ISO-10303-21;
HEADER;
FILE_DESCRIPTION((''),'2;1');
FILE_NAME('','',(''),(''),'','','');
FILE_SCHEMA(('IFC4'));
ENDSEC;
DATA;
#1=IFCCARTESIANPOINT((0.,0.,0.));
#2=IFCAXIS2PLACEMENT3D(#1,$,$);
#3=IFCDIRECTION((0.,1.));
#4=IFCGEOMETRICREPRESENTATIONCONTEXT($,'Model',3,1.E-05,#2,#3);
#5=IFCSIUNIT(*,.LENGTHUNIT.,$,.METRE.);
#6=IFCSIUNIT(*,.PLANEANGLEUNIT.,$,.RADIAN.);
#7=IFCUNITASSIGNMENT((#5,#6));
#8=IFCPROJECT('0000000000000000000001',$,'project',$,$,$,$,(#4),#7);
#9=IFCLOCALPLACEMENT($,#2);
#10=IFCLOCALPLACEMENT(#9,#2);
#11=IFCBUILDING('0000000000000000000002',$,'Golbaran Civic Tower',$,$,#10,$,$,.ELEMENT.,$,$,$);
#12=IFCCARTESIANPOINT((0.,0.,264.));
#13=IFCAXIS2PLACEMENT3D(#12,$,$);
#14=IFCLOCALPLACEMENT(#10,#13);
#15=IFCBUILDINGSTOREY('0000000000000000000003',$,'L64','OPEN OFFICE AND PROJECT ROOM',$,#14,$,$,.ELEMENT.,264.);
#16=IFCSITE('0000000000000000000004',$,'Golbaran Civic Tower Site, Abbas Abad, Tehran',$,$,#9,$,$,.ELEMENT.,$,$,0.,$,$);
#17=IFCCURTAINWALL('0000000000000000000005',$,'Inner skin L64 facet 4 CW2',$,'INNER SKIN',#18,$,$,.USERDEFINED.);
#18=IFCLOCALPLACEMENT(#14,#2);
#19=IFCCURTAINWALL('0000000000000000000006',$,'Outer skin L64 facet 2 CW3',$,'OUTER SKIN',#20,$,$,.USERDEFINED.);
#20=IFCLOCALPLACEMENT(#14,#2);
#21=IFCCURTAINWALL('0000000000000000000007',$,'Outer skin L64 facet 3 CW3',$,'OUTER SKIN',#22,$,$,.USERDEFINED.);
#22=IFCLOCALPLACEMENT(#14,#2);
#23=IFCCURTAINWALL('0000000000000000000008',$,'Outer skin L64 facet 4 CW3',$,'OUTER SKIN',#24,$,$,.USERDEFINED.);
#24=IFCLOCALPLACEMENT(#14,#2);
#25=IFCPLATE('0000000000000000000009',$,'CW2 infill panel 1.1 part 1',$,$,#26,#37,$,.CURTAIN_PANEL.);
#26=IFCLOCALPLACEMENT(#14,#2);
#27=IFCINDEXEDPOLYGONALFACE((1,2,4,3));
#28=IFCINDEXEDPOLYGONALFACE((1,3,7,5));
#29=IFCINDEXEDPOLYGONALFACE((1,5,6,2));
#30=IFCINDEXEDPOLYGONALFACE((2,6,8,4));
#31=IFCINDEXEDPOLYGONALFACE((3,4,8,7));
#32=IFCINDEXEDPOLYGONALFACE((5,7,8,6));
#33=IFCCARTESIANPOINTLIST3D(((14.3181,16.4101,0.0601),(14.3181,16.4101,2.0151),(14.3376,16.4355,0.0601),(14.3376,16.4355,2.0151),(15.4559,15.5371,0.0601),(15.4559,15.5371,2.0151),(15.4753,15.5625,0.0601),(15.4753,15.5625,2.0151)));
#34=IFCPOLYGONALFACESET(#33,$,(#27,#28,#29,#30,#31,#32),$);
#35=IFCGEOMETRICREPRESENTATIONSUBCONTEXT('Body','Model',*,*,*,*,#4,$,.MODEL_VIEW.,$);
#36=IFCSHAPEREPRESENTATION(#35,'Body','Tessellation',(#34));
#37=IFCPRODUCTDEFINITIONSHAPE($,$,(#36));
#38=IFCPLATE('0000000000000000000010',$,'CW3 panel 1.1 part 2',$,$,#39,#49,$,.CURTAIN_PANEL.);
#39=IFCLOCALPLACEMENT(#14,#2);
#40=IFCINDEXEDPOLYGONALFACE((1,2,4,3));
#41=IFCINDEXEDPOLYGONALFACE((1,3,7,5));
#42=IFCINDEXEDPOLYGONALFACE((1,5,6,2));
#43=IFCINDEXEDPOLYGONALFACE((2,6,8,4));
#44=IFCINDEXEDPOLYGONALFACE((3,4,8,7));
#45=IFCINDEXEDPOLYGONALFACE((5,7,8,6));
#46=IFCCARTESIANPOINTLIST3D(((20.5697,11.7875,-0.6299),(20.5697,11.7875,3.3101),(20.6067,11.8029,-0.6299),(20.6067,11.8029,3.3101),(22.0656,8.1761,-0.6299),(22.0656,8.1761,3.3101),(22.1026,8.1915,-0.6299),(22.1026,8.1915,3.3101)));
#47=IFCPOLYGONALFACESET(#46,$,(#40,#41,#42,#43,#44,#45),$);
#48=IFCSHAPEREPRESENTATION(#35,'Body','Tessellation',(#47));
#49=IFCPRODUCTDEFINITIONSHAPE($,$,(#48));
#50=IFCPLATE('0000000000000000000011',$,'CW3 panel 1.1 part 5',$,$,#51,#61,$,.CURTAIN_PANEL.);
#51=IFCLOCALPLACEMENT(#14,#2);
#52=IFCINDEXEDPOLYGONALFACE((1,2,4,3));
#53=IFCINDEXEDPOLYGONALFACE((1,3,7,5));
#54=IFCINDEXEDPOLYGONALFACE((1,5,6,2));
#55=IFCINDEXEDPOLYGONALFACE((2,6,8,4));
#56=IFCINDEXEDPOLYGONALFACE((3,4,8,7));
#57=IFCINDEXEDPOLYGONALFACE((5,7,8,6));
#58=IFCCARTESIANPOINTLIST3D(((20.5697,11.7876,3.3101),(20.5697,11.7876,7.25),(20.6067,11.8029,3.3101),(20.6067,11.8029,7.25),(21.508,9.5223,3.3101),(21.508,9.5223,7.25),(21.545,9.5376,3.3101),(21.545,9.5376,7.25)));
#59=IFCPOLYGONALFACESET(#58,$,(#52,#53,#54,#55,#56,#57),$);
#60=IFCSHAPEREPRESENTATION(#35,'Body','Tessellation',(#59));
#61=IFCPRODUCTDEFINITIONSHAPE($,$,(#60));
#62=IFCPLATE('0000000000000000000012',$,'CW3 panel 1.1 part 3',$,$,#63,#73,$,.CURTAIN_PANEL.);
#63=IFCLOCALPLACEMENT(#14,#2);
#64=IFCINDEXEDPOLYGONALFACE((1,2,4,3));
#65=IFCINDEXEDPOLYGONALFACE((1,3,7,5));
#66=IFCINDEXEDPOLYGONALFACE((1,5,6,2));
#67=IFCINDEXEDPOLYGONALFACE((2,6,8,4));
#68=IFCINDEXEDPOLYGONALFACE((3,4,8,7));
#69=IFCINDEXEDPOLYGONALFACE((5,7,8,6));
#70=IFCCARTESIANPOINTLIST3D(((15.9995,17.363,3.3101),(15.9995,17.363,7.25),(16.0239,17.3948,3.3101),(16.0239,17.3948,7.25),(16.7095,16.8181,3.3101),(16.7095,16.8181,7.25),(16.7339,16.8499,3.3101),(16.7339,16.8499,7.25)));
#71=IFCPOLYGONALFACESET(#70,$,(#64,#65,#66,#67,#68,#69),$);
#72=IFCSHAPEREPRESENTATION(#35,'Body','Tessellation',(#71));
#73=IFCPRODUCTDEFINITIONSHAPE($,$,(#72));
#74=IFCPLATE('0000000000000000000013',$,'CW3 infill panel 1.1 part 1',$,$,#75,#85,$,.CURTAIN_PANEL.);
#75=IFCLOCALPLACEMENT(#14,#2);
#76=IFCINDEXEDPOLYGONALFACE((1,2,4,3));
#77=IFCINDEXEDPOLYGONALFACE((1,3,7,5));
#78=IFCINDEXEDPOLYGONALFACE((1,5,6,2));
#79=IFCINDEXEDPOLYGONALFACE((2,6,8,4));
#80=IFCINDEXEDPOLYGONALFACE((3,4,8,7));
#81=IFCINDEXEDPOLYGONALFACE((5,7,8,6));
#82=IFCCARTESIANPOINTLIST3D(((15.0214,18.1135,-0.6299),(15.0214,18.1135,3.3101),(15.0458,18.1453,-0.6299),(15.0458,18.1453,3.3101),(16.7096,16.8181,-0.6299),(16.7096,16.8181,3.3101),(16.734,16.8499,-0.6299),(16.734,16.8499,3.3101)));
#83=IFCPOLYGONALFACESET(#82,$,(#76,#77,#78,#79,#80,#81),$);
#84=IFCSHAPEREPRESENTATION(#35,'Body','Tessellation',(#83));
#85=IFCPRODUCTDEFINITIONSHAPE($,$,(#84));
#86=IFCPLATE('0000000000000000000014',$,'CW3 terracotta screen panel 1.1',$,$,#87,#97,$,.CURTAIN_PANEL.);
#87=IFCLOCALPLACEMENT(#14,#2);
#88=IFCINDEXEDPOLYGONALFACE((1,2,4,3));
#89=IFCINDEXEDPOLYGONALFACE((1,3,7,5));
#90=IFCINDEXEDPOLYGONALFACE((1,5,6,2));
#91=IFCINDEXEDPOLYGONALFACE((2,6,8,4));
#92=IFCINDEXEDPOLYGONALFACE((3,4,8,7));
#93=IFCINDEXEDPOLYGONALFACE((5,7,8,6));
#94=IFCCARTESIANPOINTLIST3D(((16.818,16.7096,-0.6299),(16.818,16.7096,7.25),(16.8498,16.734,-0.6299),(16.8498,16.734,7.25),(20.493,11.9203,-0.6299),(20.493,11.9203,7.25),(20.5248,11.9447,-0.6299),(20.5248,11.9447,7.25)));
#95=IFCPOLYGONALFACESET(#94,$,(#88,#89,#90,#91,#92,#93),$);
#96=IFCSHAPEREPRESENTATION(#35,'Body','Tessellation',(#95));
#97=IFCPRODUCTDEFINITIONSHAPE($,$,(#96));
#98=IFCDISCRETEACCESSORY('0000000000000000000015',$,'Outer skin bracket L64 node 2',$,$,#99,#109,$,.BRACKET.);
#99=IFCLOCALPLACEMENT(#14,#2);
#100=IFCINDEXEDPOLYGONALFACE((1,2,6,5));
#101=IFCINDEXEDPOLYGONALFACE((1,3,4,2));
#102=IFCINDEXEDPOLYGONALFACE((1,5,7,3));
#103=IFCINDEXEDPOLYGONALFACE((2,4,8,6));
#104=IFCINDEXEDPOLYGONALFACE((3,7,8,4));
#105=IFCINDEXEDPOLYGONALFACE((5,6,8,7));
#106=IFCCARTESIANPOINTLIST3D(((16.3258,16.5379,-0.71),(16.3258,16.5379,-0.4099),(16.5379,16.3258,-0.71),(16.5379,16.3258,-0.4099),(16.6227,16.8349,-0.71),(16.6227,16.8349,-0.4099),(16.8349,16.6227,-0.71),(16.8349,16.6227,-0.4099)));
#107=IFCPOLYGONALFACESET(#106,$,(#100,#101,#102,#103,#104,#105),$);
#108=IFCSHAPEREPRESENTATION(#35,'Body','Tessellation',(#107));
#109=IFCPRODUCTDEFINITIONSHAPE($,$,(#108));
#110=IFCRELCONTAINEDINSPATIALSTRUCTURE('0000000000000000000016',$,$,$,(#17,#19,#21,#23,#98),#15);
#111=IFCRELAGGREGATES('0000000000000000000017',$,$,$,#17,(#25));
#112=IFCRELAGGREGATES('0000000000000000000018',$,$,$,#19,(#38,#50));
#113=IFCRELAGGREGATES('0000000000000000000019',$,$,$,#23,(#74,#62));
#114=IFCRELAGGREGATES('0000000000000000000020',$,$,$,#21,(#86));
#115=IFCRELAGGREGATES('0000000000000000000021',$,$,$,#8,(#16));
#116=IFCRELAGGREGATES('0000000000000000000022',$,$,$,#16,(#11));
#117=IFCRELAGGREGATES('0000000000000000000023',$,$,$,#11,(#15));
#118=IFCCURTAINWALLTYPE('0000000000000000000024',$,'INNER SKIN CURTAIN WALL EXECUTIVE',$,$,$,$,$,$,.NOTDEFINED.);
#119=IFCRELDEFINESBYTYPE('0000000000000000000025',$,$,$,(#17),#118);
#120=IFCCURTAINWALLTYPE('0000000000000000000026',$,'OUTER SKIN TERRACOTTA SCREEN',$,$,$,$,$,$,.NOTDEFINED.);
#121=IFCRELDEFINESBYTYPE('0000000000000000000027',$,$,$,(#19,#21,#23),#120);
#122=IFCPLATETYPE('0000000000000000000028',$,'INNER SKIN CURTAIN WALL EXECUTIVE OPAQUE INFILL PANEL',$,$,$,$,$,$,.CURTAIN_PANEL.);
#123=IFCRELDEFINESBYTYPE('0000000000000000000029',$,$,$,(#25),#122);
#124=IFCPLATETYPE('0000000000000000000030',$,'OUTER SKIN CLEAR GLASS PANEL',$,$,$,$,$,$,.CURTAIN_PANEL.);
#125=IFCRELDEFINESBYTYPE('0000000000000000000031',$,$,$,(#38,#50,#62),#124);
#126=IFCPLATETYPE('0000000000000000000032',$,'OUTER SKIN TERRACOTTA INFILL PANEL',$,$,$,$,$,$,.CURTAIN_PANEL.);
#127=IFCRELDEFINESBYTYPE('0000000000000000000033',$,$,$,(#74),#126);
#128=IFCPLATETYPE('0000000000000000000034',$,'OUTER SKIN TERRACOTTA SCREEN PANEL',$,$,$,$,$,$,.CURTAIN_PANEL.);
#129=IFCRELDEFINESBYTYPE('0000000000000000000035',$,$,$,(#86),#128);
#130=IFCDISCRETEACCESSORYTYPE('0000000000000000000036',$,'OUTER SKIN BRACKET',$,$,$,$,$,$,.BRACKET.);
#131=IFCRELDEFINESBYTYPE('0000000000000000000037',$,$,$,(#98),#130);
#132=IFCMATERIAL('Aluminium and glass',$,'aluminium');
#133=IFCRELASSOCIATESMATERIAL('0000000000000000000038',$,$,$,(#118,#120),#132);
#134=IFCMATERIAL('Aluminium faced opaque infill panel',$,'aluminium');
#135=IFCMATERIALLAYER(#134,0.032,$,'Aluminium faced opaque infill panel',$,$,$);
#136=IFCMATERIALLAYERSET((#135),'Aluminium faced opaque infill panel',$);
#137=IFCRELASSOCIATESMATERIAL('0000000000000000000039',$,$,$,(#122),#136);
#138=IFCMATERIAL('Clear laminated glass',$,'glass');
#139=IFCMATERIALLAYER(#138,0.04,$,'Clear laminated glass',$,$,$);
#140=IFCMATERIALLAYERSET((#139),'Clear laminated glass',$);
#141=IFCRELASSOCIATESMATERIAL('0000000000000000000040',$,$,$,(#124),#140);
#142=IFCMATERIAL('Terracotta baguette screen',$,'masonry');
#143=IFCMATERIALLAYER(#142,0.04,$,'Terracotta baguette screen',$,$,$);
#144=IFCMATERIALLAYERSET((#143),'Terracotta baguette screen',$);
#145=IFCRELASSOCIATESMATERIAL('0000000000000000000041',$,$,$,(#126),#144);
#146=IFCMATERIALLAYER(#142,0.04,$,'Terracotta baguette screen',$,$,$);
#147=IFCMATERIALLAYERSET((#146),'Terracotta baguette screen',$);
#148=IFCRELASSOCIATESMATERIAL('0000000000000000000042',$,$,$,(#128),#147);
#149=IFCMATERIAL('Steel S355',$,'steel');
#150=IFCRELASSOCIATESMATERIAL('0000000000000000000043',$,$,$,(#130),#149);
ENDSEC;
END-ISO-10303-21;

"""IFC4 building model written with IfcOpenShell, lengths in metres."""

from ifc_helpers import new_model, si_unit, direction, frame, origin, origin_2d, place, context, subcontext, project, spatial, rectangle, extrude, material, layer, layer_set, type_object, element, aggregate, save


model = new_model("IFC4")

# Units and contexts
model_context = context("Model", 3, precision=1e-05, world=origin(), true_north=direction((0.0, 1.0)))
body_context = subcontext(model_context, "Body", "Model", "MODEL_VIEW")
ifc_project = project(units=[si_unit("LENGTHUNIT", "METRE"), si_unit("PLANEANGLEUNIT", "RADIAN")], contexts=[model_context])

# Site, building, storey
site_placement = place(None, origin())
site = spatial("IfcSite", under=ifc_project, at=site_placement, Name="Golbaran Civic Tower Site, Abbas Abad, Tehran", CompositionType="ELEMENT", RefElevation=0.0)
building_placement = place(site_placement, origin())
building = spatial("IfcBuilding", under=site, at=building_placement, Name="Golbaran Civic Tower", CompositionType="ELEMENT")
storey_placement = place(building_placement, frame((0.0, 0.0, 264.0)))
storey = spatial("IfcBuildingStorey", under=building, at=storey_placement, Name="L64", Description="OPEN OFFICE AND PROJECT ROOM", CompositionType="ELEMENT", Elevation=264.0)

# Shared definitions
ifc_material_1 = material(Name="Steel S355", Category="steel")

# Shared definitions
ifc_material_2 = material(Name="Aluminium and glass", Category="aluminium")
curtain_wall_type_1 = type_object("IfcCurtainWallType", Name="INNER SKIN CURTAIN WALL EXECUTIVE", PredefinedType="NOTDEFINED", material=ifc_material_2)

# Curtain wall
curtain_wall_1_placement = place(storey_placement, origin())
curtain_wall_1 = element("IfcCurtainWall", 1, at=curtain_wall_1_placement, inside=storey, type_object=curtain_wall_type_1, Name="Inner skin L64 facet 4 CW2", ObjectType="INNER SKIN", PredefinedType="USERDEFINED")

# Curtain wall
curtain_wall_type_2 = type_object("IfcCurtainWallType", Name="OUTER SKIN TERRACOTTA SCREEN", PredefinedType="NOTDEFINED", material=ifc_material_2)
curtain_wall_2_placement = place(storey_placement, origin())
curtain_wall_2 = element("IfcCurtainWall", 2, at=curtain_wall_2_placement, inside=storey, type_object=curtain_wall_type_2, Name="Outer skin L64 facet 2 CW3", ObjectType="OUTER SKIN", PredefinedType="USERDEFINED")

# Curtain wall
curtain_wall_3_placement = place(storey_placement, origin())
curtain_wall_3 = element("IfcCurtainWall", 3, at=curtain_wall_3_placement, inside=storey, type_object=curtain_wall_type_2, Name="Outer skin L64 facet 3 CW3", ObjectType="OUTER SKIN", PredefinedType="USERDEFINED")

# Curtain wall
curtain_wall_4_placement = place(storey_placement, origin())
curtain_wall_4 = element("IfcCurtainWall", 4, at=curtain_wall_4_placement, inside=storey, type_object=curtain_wall_type_2, Name="Outer skin L64 facet 4 CW3", ObjectType="OUTER SKIN", PredefinedType="USERDEFINED")

# Plates
ifc_material_3 = material(Name="Aluminium faced opaque infill panel", Category="aluminium")
ifc_layer_1 = layer(ifc_material_3, 0.032, Name="Aluminium faced opaque infill panel")
ifc_layer_set_1 = layer_set([ifc_layer_1], Name="Aluminium faced opaque infill panel")
plate_type_1 = type_object("IfcPlateType", Name="INNER SKIN CURTAIN WALL EXECUTIVE OPAQUE INFILL PANEL", PredefinedType="CURTAIN_PANEL", material=ifc_layer_set_1)
plate_1_placement = place(storey_placement, frame((14.8967, 15.9863, 0.0601), z_axis=(0.0, 0.0, 1.0), x_axis=(-0.793353, 0.608761, 0.0)))
plate_1 = element("IfcPlate", 5, at=plate_1_placement, type_object=plate_type_1, Name="CW2 infill panel 1.1 part 1", PredefinedType="CURTAIN_PANEL", context=body_context, shape_type="SweptSolid", body=[
    extrude(rectangle(XDim=1.4341, YDim=0.032, at=origin_2d()), origin(), (0.0, 0.0, 1.0), 1.9551),
])
aggregate(curtain_wall_1, [plate_1])
ifc_material_4 = material(Name="Clear laminated glass", Category="glass")
ifc_layer_2 = layer(ifc_material_4, 0.04, Name="Clear laminated glass")
ifc_layer_set_2 = layer_set([ifc_layer_2], Name="Clear laminated glass")
plate_type_2 = type_object("IfcPlateType", Name="OUTER SKIN CLEAR GLASS PANEL", PredefinedType="CURTAIN_PANEL", material=ifc_layer_set_2)
plate_2_placement = place(storey_placement, frame((21.3362, 9.9895, -0.6299), z_axis=(0.0, 0.0, 1.0), x_axis=(-0.382683, 0.92388, 0.0)))
plate_2 = element("IfcPlate", 6, at=plate_2_placement, type_object=plate_type_2, Name="CW3 panel 1.1 part 2", PredefinedType="CURTAIN_PANEL", context=body_context, shape_type="SweptSolid", body=[
    extrude(rectangle(XDim=3.9089, YDim=0.04, at=origin_2d()), origin(), (0.0, 0.0, 1.0), 3.9399),
])
plate_3_placement = place(storey_placement, frame((21.0574, 10.6626, 3.3101), z_axis=(0.0, 0.0, 1.0), x_axis=(-0.382683, 0.92388, 0.0)))
plate_3 = element("IfcPlate", 7, at=plate_3_placement, type_object=plate_type_2, Name="CW3 panel 1.1 part 5", PredefinedType="CURTAIN_PANEL", context=body_context, shape_type="SweptSolid", body=[
    extrude(rectangle(XDim=2.4519, YDim=0.04, at=origin_2d()), origin(), (0.0, 0.0, 1.0), 3.9399),
])
aggregate(curtain_wall_2, [plate_2, plate_3])
plate_4_placement = place(storey_placement, frame((16.3667, 17.1064, 3.3101), z_axis=(0.0, 0.0, 1.0), x_axis=(-0.793353, 0.608761, 0.0)))
plate_4 = element("IfcPlate", 8, at=plate_4_placement, type_object=plate_type_2, Name="CW3 panel 1.1 part 3", PredefinedType="CURTAIN_PANEL", context=body_context, shape_type="SweptSolid", body=[
    extrude(rectangle(XDim=0.895, YDim=0.04, at=origin_2d()), origin(), (0.0, 0.0, 1.0), 3.9399),
])
ifc_material_5 = material(Name="Terracotta baguette screen", Category="masonry")
ifc_layer_3 = layer(ifc_material_5, 0.04, Name="Terracotta baguette screen")
ifc_layer_set_3 = layer_set([ifc_layer_3], Name="Terracotta baguette screen")
plate_type_3 = type_object("IfcPlateType", Name="OUTER SKIN TERRACOTTA INFILL PANEL", PredefinedType="CURTAIN_PANEL", material=ifc_layer_set_3)
plate_5_placement = place(storey_placement, frame((15.8777, 17.4817, -0.6299), z_axis=(0.0, 0.0, 1.0), x_axis=(-0.793353, 0.608761, 0.0)))
plate_5 = element("IfcPlate", 9, at=plate_5_placement, type_object=plate_type_3, Name="CW3 infill panel 1.1 part 1", PredefinedType="CURTAIN_PANEL", context=body_context, shape_type="SweptSolid", body=[
    extrude(rectangle(XDim=2.1279, YDim=0.04, at=origin_2d()), origin(), (0.0, 0.0, 1.0), 3.9399),
])
aggregate(curtain_wall_4, [plate_5, plate_4])
ifc_layer_4 = layer(ifc_material_5, 0.04, Name="Terracotta baguette screen")
ifc_layer_set_4 = layer_set([ifc_layer_4], Name="Terracotta baguette screen")
plate_type_4 = type_object("IfcPlateType", Name="OUTER SKIN TERRACOTTA SCREEN PANEL", PredefinedType="CURTAIN_PANEL", material=ifc_layer_set_4)
plate_6_placement = place(storey_placement, frame((18.6714, 14.3271, -0.6299), z_axis=(0.0, 0.0, 1.0), x_axis=(-0.608761, 0.793353, 0.0)))
plate_6 = element("IfcPlate", 10, at=plate_6_placement, type_object=plate_type_4, Name="CW3 terracotta screen panel 1.1", PredefinedType="CURTAIN_PANEL", context=body_context, shape_type="SweptSolid", body=[
    extrude(rectangle(XDim=6.0369, YDim=0.04, at=origin_2d()), origin(), (0.0, 0.0, 1.0), 7.8799),
])
aggregate(curtain_wall_3, [plate_6])

# Discrete accessory
discrete_accessory_type = type_object("IfcDiscreteAccessoryType", Name="OUTER SKIN BRACKET", PredefinedType="BRACKET", material=ifc_material_1)
discrete_accessory_placement = place(storey_placement, frame((16.5803, 16.5803, -0.71), z_axis=(0.0, 0.0, 1.0), x_axis=(0.707107, 0.707107, 0.0)))
element("IfcDiscreteAccessory", 11, at=discrete_accessory_placement, inside=storey, type_object=discrete_accessory_type, Name="Outer skin bracket L64 node 2", PredefinedType="BRACKET", context=body_context, shape_type="SweptSolid", body=[
    extrude(rectangle(XDim=0.4199, YDim=0.3, at=origin_2d()), origin(), (0.0, 0.0, 1.0), 0.3),
])

save(model, "model.ifc")
